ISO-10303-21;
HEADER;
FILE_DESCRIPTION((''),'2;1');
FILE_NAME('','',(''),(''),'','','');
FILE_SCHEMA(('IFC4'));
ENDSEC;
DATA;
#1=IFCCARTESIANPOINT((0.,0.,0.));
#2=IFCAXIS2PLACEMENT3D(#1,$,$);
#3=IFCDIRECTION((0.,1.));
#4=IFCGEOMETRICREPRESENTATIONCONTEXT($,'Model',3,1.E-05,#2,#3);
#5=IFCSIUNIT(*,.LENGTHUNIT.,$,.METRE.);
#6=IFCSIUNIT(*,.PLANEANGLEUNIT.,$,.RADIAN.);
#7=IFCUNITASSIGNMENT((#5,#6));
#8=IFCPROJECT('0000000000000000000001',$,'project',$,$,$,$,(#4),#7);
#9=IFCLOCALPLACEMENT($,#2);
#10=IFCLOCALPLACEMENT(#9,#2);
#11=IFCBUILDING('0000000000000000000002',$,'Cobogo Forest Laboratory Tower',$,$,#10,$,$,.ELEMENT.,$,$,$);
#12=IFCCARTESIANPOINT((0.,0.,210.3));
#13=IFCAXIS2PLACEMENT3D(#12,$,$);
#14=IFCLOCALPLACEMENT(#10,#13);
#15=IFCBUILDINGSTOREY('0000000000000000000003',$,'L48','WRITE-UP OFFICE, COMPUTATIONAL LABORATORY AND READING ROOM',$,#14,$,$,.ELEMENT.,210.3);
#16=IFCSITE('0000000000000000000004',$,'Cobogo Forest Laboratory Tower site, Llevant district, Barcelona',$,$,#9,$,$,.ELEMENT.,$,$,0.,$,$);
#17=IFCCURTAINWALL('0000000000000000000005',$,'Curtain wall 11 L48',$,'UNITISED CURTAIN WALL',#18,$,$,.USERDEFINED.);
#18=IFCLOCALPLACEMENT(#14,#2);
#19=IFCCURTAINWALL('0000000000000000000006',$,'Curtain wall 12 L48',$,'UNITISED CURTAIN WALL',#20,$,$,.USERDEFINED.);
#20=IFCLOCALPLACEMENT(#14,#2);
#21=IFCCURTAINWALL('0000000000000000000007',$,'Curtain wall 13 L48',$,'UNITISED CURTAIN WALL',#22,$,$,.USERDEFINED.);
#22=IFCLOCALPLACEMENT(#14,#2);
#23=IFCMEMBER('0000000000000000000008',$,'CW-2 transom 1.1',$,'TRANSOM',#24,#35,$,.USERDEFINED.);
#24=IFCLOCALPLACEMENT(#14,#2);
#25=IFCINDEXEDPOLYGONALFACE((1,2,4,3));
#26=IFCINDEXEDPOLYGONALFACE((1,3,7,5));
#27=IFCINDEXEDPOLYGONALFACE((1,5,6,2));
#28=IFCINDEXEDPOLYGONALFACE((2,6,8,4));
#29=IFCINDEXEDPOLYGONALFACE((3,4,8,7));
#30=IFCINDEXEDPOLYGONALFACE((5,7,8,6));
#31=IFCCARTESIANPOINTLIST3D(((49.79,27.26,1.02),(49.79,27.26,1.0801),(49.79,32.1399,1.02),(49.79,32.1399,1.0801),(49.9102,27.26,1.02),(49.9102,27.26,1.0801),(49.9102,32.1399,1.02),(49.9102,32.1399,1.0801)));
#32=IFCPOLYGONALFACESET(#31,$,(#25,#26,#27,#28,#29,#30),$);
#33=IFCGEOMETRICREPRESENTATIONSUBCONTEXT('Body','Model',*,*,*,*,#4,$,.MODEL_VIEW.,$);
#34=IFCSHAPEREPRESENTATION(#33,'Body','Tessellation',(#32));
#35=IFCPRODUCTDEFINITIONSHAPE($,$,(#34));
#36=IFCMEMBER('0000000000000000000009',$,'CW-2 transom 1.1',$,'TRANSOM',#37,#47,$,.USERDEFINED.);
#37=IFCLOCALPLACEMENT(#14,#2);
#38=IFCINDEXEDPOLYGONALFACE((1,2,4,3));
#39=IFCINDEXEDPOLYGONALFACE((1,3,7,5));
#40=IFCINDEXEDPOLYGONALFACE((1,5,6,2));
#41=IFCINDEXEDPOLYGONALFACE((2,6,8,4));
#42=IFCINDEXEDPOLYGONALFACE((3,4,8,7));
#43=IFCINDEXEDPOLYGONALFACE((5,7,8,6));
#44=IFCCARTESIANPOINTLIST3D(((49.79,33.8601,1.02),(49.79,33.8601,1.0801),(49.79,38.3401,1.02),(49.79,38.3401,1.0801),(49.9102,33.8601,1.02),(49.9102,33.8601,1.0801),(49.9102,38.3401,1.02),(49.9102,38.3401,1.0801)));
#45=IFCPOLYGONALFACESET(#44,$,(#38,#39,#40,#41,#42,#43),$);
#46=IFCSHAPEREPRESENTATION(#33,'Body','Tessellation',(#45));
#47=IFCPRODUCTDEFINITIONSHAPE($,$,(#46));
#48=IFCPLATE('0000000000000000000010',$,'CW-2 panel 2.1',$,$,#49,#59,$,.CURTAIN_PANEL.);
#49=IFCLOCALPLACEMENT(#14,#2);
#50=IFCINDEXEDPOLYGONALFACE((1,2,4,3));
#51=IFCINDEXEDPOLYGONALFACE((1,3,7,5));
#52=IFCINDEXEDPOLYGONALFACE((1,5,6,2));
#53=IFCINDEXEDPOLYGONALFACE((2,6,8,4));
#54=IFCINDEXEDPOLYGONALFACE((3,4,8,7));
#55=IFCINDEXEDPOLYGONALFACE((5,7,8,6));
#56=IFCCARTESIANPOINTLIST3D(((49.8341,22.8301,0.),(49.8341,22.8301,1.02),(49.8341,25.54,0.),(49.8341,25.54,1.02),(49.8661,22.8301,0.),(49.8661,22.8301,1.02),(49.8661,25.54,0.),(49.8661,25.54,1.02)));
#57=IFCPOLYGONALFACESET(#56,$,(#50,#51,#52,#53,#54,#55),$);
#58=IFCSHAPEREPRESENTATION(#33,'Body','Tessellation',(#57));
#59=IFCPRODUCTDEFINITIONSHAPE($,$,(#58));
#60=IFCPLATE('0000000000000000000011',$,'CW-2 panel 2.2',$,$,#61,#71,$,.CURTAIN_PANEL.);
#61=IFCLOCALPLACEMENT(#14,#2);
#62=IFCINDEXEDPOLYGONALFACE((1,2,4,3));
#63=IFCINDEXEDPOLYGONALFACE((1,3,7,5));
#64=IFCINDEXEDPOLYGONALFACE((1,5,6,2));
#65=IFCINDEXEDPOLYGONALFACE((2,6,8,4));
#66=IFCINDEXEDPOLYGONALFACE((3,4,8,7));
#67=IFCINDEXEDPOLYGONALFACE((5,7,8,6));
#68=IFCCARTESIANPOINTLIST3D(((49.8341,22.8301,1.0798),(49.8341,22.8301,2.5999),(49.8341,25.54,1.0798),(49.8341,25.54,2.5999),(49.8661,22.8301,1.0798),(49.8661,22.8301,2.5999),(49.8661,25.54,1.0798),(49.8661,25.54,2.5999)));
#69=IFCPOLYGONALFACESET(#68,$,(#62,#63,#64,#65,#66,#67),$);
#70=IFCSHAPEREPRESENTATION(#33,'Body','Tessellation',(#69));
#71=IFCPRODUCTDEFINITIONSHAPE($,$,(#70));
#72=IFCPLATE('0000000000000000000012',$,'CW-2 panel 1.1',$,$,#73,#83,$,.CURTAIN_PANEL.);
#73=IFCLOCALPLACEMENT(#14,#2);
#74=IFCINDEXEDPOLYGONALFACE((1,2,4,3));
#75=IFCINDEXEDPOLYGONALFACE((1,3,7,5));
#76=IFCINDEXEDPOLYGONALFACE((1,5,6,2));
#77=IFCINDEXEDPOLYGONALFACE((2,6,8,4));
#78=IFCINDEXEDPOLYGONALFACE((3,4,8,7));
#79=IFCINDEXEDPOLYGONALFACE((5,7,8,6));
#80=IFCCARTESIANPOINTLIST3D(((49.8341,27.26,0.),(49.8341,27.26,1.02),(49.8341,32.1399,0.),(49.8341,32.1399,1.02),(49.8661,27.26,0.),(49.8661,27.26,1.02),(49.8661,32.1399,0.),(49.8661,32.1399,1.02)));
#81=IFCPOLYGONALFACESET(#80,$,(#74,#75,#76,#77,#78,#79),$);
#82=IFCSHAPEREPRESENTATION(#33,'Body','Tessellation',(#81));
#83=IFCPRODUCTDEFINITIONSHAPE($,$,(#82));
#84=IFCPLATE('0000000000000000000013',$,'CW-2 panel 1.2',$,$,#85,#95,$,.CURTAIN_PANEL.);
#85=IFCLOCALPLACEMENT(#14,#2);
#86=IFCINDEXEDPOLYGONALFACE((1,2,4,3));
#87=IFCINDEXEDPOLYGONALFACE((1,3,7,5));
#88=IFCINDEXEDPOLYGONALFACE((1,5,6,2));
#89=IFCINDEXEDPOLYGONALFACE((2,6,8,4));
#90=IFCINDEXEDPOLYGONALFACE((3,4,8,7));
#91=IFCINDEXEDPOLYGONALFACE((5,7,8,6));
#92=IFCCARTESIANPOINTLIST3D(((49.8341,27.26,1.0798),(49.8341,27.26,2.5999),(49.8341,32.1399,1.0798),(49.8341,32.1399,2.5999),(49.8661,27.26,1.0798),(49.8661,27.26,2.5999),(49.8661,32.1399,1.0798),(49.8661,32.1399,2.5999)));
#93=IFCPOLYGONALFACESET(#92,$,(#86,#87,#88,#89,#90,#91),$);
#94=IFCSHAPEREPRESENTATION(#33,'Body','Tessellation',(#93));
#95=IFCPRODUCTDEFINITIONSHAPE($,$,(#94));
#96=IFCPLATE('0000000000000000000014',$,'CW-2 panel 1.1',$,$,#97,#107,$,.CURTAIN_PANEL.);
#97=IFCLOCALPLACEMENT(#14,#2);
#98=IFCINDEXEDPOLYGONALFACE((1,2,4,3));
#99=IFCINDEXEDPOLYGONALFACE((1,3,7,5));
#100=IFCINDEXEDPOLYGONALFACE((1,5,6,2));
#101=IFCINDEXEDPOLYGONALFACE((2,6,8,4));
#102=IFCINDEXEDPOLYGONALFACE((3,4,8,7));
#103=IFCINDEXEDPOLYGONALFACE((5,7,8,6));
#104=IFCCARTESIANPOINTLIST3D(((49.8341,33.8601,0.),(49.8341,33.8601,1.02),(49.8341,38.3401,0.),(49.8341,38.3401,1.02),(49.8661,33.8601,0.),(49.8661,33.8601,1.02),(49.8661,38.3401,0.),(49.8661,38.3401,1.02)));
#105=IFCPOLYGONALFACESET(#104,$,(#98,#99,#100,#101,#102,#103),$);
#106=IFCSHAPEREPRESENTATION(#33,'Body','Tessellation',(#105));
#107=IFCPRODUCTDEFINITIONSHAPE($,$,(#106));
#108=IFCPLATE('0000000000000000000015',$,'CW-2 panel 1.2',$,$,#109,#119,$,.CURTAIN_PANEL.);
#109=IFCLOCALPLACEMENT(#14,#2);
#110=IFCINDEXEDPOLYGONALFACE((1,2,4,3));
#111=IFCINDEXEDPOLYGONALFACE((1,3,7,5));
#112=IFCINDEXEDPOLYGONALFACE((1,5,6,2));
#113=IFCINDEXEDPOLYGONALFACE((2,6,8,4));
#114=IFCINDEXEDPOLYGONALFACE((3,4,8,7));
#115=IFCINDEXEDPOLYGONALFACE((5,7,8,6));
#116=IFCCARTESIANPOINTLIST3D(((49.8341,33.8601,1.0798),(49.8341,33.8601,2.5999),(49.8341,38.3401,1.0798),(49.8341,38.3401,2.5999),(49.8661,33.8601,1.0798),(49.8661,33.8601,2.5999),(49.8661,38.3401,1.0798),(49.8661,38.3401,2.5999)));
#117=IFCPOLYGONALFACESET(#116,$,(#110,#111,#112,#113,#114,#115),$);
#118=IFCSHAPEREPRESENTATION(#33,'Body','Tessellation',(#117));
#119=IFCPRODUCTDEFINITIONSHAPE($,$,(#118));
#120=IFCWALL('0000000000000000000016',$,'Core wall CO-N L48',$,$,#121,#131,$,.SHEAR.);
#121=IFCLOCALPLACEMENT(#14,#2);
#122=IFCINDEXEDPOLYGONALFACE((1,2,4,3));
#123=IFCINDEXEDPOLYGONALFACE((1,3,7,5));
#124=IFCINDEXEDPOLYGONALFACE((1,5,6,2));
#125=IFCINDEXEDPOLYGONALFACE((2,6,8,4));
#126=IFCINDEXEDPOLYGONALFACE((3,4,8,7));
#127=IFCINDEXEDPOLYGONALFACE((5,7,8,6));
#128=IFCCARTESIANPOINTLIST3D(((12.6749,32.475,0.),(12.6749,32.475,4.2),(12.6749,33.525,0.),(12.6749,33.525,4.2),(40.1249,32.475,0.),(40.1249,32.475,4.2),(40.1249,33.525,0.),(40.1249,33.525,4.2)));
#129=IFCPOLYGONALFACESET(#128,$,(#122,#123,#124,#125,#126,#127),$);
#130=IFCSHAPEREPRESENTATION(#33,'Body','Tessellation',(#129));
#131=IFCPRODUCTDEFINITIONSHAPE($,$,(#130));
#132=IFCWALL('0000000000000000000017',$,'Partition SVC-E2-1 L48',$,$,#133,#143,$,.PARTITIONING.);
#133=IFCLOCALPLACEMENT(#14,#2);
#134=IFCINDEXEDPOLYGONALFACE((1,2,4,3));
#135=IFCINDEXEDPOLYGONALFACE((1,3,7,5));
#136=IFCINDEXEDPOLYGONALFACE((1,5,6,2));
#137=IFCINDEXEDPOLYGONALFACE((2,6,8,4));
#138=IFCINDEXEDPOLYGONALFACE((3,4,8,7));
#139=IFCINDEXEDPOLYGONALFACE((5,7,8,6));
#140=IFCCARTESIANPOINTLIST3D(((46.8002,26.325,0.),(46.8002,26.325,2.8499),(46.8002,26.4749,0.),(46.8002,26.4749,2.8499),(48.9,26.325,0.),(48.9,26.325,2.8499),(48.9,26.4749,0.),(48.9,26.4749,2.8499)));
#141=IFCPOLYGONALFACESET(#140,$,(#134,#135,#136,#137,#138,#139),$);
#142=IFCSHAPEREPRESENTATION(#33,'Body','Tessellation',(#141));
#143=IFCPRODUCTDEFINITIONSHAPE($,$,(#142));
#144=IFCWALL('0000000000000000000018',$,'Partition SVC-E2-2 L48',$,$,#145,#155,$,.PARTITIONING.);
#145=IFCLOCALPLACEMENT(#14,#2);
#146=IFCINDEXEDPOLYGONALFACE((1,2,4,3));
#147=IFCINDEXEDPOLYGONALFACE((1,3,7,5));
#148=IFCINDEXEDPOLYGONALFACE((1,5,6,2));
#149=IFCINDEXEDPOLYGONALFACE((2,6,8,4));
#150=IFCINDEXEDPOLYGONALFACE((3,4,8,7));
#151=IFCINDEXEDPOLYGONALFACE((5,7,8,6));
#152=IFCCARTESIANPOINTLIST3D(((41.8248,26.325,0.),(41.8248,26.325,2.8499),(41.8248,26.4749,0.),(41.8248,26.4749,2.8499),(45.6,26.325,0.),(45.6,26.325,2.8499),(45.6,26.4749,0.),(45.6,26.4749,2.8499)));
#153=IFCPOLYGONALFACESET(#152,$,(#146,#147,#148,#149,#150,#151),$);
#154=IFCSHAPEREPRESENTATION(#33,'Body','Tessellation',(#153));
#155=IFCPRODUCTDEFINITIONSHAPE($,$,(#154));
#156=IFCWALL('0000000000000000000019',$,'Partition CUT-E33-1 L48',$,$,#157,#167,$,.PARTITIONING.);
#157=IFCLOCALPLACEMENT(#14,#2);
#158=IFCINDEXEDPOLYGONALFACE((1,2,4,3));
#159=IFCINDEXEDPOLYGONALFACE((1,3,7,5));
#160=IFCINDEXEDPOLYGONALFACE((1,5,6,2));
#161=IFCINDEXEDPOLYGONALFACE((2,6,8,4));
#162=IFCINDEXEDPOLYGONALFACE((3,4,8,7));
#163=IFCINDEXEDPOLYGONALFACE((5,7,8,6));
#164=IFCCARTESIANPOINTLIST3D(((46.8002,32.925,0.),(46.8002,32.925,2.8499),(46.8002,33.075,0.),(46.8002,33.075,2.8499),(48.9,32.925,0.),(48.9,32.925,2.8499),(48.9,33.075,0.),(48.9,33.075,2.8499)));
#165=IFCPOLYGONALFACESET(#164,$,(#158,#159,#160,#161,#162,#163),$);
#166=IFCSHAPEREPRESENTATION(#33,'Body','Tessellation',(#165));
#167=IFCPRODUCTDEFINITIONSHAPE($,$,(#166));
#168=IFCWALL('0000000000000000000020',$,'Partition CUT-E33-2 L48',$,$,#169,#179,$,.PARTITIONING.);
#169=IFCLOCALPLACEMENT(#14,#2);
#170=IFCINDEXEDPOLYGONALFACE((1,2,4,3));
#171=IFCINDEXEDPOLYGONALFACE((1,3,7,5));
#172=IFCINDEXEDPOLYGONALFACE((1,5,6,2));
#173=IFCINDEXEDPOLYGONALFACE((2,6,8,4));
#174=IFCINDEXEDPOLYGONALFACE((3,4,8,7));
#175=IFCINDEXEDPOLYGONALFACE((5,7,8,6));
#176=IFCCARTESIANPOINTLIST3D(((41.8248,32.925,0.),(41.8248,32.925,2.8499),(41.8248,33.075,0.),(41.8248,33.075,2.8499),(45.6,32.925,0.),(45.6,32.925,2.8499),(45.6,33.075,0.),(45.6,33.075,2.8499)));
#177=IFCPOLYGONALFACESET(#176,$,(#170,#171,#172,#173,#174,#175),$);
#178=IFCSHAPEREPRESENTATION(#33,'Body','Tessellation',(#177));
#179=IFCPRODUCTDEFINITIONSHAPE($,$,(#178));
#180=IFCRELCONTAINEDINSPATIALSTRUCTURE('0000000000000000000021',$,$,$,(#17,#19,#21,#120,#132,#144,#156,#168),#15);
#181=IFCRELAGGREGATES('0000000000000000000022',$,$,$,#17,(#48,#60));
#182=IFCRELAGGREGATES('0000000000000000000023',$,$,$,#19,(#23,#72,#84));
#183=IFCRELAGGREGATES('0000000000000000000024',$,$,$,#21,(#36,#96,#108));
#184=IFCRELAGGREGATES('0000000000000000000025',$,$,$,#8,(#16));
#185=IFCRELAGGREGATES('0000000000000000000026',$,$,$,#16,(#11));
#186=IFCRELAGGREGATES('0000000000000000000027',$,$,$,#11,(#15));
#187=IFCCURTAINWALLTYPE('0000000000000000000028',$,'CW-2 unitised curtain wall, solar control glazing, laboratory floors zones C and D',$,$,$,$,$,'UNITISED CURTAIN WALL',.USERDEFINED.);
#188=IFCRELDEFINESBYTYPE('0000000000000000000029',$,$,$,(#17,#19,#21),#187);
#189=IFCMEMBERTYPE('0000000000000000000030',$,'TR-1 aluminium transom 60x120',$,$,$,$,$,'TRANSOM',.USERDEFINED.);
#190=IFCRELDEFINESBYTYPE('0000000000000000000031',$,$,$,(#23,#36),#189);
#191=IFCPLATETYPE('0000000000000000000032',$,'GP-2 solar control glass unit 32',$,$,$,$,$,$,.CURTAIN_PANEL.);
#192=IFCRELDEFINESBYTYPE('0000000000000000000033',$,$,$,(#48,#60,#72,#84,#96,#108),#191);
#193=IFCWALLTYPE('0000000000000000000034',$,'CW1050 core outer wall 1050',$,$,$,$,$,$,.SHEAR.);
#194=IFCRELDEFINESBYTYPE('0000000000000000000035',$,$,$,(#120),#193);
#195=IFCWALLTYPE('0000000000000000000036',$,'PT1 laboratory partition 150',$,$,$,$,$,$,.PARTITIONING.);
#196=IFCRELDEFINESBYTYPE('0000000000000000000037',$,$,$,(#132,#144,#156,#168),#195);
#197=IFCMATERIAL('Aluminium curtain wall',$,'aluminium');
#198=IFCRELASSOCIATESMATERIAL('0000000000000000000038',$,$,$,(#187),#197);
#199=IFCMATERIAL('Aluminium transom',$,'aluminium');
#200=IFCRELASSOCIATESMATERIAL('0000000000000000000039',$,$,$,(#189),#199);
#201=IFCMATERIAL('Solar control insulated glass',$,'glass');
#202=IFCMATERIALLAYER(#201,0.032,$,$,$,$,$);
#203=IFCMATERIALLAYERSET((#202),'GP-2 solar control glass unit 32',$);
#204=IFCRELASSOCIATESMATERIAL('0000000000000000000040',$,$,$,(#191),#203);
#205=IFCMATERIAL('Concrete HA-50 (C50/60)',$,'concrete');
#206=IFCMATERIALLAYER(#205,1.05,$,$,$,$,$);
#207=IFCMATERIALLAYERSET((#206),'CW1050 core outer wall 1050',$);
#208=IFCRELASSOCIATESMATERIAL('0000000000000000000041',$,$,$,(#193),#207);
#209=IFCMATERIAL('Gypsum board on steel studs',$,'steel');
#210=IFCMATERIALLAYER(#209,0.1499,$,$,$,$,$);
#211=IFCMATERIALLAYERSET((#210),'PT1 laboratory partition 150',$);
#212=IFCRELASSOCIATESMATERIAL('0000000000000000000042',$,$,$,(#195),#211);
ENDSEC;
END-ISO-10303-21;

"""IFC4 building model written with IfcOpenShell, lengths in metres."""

from ifc_helpers import new_model, si_unit, direction, frame, frame_2d, origin, origin_2d, place, context, subcontext, project, spatial, rectangle, extrude, material, layer, layer_set, material_profile, profile_set, type_object, element, aggregate, save


model = new_model("IFC4")

# Units and contexts
model_context = context("Model", 3, precision=1e-05, world=origin(), true_north=direction((0.0, 1.0)))
body_context = subcontext(model_context, "Body", "Model", "MODEL_VIEW")
ifc_project = project(units=[si_unit("LENGTHUNIT", "METRE"), si_unit("PLANEANGLEUNIT", "RADIAN")], contexts=[model_context])

# Site, building, storey
site_placement = place(None, origin())
site = spatial("IfcSite", under=ifc_project, at=site_placement, Name="Cobogo Forest Laboratory Tower site, Llevant district, Barcelona", CompositionType="ELEMENT", RefElevation=0.0)
building_placement = place(site_placement, origin())
building = spatial("IfcBuilding", under=site, at=building_placement, Name="Cobogo Forest Laboratory Tower", CompositionType="ELEMENT")
storey_placement = place(building_placement, frame((0.0, 0.0, 210.3)))
storey = spatial("IfcBuildingStorey", under=building, at=storey_placement, Name="L48", Description="WRITE-UP OFFICE, COMPUTATIONAL LABORATORY AND READING ROOM", CompositionType="ELEMENT", Elevation=210.3)

# Shared definitions
ifc_material_1 = material(Name="Concrete HA-50 (C50/60)", Category="concrete")

# Curtain wall
ifc_material_2 = material(Name="Aluminium curtain wall", Category="aluminium")
curtain_wall_type = type_object("IfcCurtainWallType", Name="CW-2 unitised curtain wall, solar control glazing, laboratory floors zones C and D", ElementType="UNITISED CURTAIN WALL", PredefinedType="USERDEFINED", material=ifc_material_2)
curtain_wall_1_placement = place(storey_placement, origin())
curtain_wall_1 = element("IfcCurtainWall", 1, at=curtain_wall_1_placement, inside=storey, type_object=curtain_wall_type, Name="Curtain wall 11 L48", ObjectType="UNITISED CURTAIN WALL", PredefinedType="USERDEFINED")

# Curtain walls
curtain_wall_2_placement = place(storey_placement, origin())
curtain_wall_2 = element("IfcCurtainWall", 2, at=curtain_wall_2_placement, inside=storey, type_object=curtain_wall_type, Name="Curtain wall 12 L48", ObjectType="UNITISED CURTAIN WALL", PredefinedType="USERDEFINED")
curtain_wall_3_placement = place(storey_placement, origin())
curtain_wall_3 = element("IfcCurtainWall", 3, at=curtain_wall_3_placement, inside=storey, type_object=curtain_wall_type, Name="Curtain wall 13 L48", ObjectType="UNITISED CURTAIN WALL", PredefinedType="USERDEFINED")

# Members
ifc_material_3 = material(Name="Aluminium transom", Category="aluminium")
ifc_material_profile_1 = material_profile(ifc_material_3, rectangle(XDim=0.1201, YDim=0.0601, at=origin_2d()), Name="AL 60x120")
ifc_profile_set_1 = profile_set([ifc_material_profile_1], Name="Aluminium transom")
member_type_1 = type_object("IfcMemberType", Name="TR-1 aluminium transom 60x120", ElementType="TRANSOM", PredefinedType="USERDEFINED", material=ifc_profile_set_1)
member_1_placement = place(storey_placement, frame((49.8501, 27.26, 1.05), z_axis=(0.0, 1.0, 0.0), x_axis=(-1.0, 0.0, 0.0)))
member_1 = element("IfcMember", 4, at=member_1_placement, type_object=member_type_1, Name="CW-2 transom 1.1", ObjectType="TRANSOM", PredefinedType="USERDEFINED", context=body_context, shape_type="SweptSolid", body=[
    extrude(rectangle(XDim=0.1201, YDim=0.0601, at=origin_2d()), origin(), (0.0, 0.0, 1.0), 4.8799),
])
member_2_placement = place(storey_placement, frame((49.8501, 33.8601, 1.05), z_axis=(0.0, 1.0, 0.0), x_axis=(-1.0, 0.0, 0.0)))
member_2 = element("IfcMember", 5, at=member_2_placement, type_object=member_type_1, Name="CW-2 transom 1.1", ObjectType="TRANSOM", PredefinedType="USERDEFINED", context=body_context, shape_type="SweptSolid", body=[
    extrude(rectangle(XDim=0.1201, YDim=0.0601, at=origin_2d()), origin(), (0.0, 0.0, 1.0), 4.48),
])

# Plates
ifc_material_4 = material(Name="Solar control insulated glass", Category="glass")
ifc_layer_1 = layer(ifc_material_4, 0.032)
ifc_layer_set_1 = layer_set([ifc_layer_1], Name="GP-2 solar control glass unit 32")
plate_type_1 = type_object("IfcPlateType", Name="GP-2 solar control glass unit 32", PredefinedType="CURTAIN_PANEL", material=ifc_layer_set_1)
plate_1_placement = place(storey_placement, frame((49.8501, 24.1851, 0.0), z_axis=(0.0, 0.0, 1.0), x_axis=(0.0, 1.0, 0.0)))
plate_1 = element("IfcPlate", 6, at=plate_1_placement, type_object=plate_type_1, Name="CW-2 panel 2.1", PredefinedType="CURTAIN_PANEL", context=body_context, shape_type="SweptSolid", body=[
    extrude(rectangle(XDim=2.71, YDim=0.032, at=origin_2d()), origin(), (0.0, 0.0, 1.0), 1.02),
])
plate_2_placement = place(storey_placement, frame((49.8501, 24.1851, 1.0798), z_axis=(0.0, 0.0, 1.0), x_axis=(0.0, 1.0, 0.0)))
plate_2 = element("IfcPlate", 7, at=plate_2_placement, type_object=plate_type_1, Name="CW-2 panel 2.2", PredefinedType="CURTAIN_PANEL", context=body_context, shape_type="SweptSolid", body=[
    extrude(rectangle(XDim=2.71, YDim=0.032, at=origin_2d()), origin(), (0.0, 0.0, 1.0), 1.52),
])
aggregate(curtain_wall_1, [plate_1, plate_2])
plate_3_placement = place(storey_placement, frame((49.8501, 29.7, 0.0), z_axis=(0.0, 0.0, 1.0), x_axis=(0.0, 1.0, 0.0)))
plate_3 = element("IfcPlate", 8, at=plate_3_placement, type_object=plate_type_1, Name="CW-2 panel 1.1", PredefinedType="CURTAIN_PANEL", context=body_context, shape_type="SweptSolid", body=[
    extrude(rectangle(XDim=4.8799, YDim=0.032, at=origin_2d()), origin(), (0.0, 0.0, 1.0), 1.02),
])
plate_4_placement = place(storey_placement, frame((49.8501, 29.7, 1.0798), z_axis=(0.0, 0.0, 1.0), x_axis=(0.0, 1.0, 0.0)))
plate_4 = element("IfcPlate", 9, at=plate_4_placement, type_object=plate_type_1, Name="CW-2 panel 1.2", PredefinedType="CURTAIN_PANEL", context=body_context, shape_type="SweptSolid", body=[
    extrude(rectangle(XDim=4.8799, YDim=0.032, at=origin_2d()), origin(), (0.0, 0.0, 1.0), 1.52),
])
aggregate(curtain_wall_2, [member_1, plate_3, plate_4])
plate_5_placement = place(storey_placement, frame((49.8501, 36.1001, 0.0), z_axis=(0.0, 0.0, 1.0), x_axis=(0.0, 1.0, 0.0)))
plate_5 = element("IfcPlate", 10, at=plate_5_placement, type_object=plate_type_1, Name="CW-2 panel 1.1", PredefinedType="CURTAIN_PANEL", context=body_context, shape_type="SweptSolid", body=[
    extrude(rectangle(XDim=4.48, YDim=0.032, at=origin_2d()), origin(), (0.0, 0.0, 1.0), 1.02),
])
plate_6_placement = place(storey_placement, frame((49.8501, 36.1001, 1.0798), z_axis=(0.0, 0.0, 1.0), x_axis=(0.0, 1.0, 0.0)))
plate_6 = element("IfcPlate", 11, at=plate_6_placement, type_object=plate_type_1, Name="CW-2 panel 1.2", PredefinedType="CURTAIN_PANEL", context=body_context, shape_type="SweptSolid", body=[
    extrude(rectangle(XDim=4.48, YDim=0.032, at=origin_2d()), origin(), (0.0, 0.0, 1.0), 1.52),
])
aggregate(curtain_wall_3, [member_2, plate_5, plate_6])

# Walls
ifc_layer_2 = layer(ifc_material_1, 1.05)
ifc_layer_set_2 = layer_set([ifc_layer_2], Name="CW1050 core outer wall 1050")
wall_type_1 = type_object("IfcWallType", Name="CW1050 core outer wall 1050", PredefinedType="SHEAR", material=ifc_layer_set_2)
wall_1_placement = place(storey_placement, frame((40.125, 33.0, 0.0), z_axis=(0.0, 0.0, 1.0), x_axis=(-1.0, 0.0, 0.0)))
element("IfcWall", 12, at=wall_1_placement, inside=storey, type_object=wall_type_1, Name="Core wall CO-N L48", PredefinedType="SHEAR", context=body_context, shape_type="SweptSolid", body=[
    extrude(rectangle(XDim=27.45, YDim=1.05, at=frame_2d((13.7251, 0.0))), origin(), (0.0, 0.0, 1.0), 4.2),
])
ifc_material_5 = material(Name="Gypsum board on steel studs", Category="steel")
ifc_layer_3 = layer(ifc_material_5, 0.1499)
ifc_layer_set_3 = layer_set([ifc_layer_3], Name="PT1 laboratory partition 150")
wall_type_2 = type_object("IfcWallType", Name="PT1 laboratory partition 150", PredefinedType="PARTITIONING", material=ifc_layer_set_3)
wall_2_placement = place(storey_placement, frame((48.8999, 26.3999, 0.0), z_axis=(0.0, 0.0, 1.0), x_axis=(-1.0, 0.0, 0.0)))
element("IfcWall", 13, at=wall_2_placement, inside=storey, type_object=wall_type_2, Name="Partition SVC-E2-1 L48", PredefinedType="PARTITIONING", context=body_context, shape_type="SweptSolid", body=[
    extrude(rectangle(XDim=2.0999, YDim=0.1499, at=frame_2d((1.0498, 0.0))), origin(), (0.0, 0.0, 1.0), 2.8499),
])
wall_3_placement = place(storey_placement, frame((45.6001, 26.3999, 0.0), z_axis=(0.0, 0.0, 1.0), x_axis=(-1.0, 0.0, 0.0)))
element("IfcWall", 14, at=wall_3_placement, inside=storey, type_object=wall_type_2, Name="Partition SVC-E2-2 L48", PredefinedType="PARTITIONING", context=body_context, shape_type="SweptSolid", body=[
    extrude(rectangle(XDim=3.7751, YDim=0.1499, at=frame_2d((1.8877, 0.0))), origin(), (0.0, 0.0, 1.0), 2.8499),
])
wall_4_placement = place(storey_placement, frame((48.8999, 33.0, 0.0), z_axis=(0.0, 0.0, 1.0), x_axis=(-1.0, 0.0, 0.0)))
element("IfcWall", 15, at=wall_4_placement, inside=storey, type_object=wall_type_2, Name="Partition CUT-E33-1 L48", PredefinedType="PARTITIONING", context=body_context, shape_type="SweptSolid", body=[
    extrude(rectangle(XDim=2.0999, YDim=0.1499, at=frame_2d((1.0498, 0.0))), origin(), (0.0, 0.0, 1.0), 2.8499),
])
wall_5_placement = place(storey_placement, frame((45.6001, 33.0, 0.0), z_axis=(0.0, 0.0, 1.0), x_axis=(-1.0, 0.0, 0.0)))
element("IfcWall", 16, at=wall_5_placement, inside=storey, type_object=wall_type_2, Name="Partition CUT-E33-2 L48", PredefinedType="PARTITIONING", context=body_context, shape_type="SweptSolid", body=[
    extrude(rectangle(XDim=3.7751, YDim=0.1499, at=frame_2d((1.8877, 0.0))), origin(), (0.0, 0.0, 1.0), 2.8499),
])

save(model, "model.ifc")
